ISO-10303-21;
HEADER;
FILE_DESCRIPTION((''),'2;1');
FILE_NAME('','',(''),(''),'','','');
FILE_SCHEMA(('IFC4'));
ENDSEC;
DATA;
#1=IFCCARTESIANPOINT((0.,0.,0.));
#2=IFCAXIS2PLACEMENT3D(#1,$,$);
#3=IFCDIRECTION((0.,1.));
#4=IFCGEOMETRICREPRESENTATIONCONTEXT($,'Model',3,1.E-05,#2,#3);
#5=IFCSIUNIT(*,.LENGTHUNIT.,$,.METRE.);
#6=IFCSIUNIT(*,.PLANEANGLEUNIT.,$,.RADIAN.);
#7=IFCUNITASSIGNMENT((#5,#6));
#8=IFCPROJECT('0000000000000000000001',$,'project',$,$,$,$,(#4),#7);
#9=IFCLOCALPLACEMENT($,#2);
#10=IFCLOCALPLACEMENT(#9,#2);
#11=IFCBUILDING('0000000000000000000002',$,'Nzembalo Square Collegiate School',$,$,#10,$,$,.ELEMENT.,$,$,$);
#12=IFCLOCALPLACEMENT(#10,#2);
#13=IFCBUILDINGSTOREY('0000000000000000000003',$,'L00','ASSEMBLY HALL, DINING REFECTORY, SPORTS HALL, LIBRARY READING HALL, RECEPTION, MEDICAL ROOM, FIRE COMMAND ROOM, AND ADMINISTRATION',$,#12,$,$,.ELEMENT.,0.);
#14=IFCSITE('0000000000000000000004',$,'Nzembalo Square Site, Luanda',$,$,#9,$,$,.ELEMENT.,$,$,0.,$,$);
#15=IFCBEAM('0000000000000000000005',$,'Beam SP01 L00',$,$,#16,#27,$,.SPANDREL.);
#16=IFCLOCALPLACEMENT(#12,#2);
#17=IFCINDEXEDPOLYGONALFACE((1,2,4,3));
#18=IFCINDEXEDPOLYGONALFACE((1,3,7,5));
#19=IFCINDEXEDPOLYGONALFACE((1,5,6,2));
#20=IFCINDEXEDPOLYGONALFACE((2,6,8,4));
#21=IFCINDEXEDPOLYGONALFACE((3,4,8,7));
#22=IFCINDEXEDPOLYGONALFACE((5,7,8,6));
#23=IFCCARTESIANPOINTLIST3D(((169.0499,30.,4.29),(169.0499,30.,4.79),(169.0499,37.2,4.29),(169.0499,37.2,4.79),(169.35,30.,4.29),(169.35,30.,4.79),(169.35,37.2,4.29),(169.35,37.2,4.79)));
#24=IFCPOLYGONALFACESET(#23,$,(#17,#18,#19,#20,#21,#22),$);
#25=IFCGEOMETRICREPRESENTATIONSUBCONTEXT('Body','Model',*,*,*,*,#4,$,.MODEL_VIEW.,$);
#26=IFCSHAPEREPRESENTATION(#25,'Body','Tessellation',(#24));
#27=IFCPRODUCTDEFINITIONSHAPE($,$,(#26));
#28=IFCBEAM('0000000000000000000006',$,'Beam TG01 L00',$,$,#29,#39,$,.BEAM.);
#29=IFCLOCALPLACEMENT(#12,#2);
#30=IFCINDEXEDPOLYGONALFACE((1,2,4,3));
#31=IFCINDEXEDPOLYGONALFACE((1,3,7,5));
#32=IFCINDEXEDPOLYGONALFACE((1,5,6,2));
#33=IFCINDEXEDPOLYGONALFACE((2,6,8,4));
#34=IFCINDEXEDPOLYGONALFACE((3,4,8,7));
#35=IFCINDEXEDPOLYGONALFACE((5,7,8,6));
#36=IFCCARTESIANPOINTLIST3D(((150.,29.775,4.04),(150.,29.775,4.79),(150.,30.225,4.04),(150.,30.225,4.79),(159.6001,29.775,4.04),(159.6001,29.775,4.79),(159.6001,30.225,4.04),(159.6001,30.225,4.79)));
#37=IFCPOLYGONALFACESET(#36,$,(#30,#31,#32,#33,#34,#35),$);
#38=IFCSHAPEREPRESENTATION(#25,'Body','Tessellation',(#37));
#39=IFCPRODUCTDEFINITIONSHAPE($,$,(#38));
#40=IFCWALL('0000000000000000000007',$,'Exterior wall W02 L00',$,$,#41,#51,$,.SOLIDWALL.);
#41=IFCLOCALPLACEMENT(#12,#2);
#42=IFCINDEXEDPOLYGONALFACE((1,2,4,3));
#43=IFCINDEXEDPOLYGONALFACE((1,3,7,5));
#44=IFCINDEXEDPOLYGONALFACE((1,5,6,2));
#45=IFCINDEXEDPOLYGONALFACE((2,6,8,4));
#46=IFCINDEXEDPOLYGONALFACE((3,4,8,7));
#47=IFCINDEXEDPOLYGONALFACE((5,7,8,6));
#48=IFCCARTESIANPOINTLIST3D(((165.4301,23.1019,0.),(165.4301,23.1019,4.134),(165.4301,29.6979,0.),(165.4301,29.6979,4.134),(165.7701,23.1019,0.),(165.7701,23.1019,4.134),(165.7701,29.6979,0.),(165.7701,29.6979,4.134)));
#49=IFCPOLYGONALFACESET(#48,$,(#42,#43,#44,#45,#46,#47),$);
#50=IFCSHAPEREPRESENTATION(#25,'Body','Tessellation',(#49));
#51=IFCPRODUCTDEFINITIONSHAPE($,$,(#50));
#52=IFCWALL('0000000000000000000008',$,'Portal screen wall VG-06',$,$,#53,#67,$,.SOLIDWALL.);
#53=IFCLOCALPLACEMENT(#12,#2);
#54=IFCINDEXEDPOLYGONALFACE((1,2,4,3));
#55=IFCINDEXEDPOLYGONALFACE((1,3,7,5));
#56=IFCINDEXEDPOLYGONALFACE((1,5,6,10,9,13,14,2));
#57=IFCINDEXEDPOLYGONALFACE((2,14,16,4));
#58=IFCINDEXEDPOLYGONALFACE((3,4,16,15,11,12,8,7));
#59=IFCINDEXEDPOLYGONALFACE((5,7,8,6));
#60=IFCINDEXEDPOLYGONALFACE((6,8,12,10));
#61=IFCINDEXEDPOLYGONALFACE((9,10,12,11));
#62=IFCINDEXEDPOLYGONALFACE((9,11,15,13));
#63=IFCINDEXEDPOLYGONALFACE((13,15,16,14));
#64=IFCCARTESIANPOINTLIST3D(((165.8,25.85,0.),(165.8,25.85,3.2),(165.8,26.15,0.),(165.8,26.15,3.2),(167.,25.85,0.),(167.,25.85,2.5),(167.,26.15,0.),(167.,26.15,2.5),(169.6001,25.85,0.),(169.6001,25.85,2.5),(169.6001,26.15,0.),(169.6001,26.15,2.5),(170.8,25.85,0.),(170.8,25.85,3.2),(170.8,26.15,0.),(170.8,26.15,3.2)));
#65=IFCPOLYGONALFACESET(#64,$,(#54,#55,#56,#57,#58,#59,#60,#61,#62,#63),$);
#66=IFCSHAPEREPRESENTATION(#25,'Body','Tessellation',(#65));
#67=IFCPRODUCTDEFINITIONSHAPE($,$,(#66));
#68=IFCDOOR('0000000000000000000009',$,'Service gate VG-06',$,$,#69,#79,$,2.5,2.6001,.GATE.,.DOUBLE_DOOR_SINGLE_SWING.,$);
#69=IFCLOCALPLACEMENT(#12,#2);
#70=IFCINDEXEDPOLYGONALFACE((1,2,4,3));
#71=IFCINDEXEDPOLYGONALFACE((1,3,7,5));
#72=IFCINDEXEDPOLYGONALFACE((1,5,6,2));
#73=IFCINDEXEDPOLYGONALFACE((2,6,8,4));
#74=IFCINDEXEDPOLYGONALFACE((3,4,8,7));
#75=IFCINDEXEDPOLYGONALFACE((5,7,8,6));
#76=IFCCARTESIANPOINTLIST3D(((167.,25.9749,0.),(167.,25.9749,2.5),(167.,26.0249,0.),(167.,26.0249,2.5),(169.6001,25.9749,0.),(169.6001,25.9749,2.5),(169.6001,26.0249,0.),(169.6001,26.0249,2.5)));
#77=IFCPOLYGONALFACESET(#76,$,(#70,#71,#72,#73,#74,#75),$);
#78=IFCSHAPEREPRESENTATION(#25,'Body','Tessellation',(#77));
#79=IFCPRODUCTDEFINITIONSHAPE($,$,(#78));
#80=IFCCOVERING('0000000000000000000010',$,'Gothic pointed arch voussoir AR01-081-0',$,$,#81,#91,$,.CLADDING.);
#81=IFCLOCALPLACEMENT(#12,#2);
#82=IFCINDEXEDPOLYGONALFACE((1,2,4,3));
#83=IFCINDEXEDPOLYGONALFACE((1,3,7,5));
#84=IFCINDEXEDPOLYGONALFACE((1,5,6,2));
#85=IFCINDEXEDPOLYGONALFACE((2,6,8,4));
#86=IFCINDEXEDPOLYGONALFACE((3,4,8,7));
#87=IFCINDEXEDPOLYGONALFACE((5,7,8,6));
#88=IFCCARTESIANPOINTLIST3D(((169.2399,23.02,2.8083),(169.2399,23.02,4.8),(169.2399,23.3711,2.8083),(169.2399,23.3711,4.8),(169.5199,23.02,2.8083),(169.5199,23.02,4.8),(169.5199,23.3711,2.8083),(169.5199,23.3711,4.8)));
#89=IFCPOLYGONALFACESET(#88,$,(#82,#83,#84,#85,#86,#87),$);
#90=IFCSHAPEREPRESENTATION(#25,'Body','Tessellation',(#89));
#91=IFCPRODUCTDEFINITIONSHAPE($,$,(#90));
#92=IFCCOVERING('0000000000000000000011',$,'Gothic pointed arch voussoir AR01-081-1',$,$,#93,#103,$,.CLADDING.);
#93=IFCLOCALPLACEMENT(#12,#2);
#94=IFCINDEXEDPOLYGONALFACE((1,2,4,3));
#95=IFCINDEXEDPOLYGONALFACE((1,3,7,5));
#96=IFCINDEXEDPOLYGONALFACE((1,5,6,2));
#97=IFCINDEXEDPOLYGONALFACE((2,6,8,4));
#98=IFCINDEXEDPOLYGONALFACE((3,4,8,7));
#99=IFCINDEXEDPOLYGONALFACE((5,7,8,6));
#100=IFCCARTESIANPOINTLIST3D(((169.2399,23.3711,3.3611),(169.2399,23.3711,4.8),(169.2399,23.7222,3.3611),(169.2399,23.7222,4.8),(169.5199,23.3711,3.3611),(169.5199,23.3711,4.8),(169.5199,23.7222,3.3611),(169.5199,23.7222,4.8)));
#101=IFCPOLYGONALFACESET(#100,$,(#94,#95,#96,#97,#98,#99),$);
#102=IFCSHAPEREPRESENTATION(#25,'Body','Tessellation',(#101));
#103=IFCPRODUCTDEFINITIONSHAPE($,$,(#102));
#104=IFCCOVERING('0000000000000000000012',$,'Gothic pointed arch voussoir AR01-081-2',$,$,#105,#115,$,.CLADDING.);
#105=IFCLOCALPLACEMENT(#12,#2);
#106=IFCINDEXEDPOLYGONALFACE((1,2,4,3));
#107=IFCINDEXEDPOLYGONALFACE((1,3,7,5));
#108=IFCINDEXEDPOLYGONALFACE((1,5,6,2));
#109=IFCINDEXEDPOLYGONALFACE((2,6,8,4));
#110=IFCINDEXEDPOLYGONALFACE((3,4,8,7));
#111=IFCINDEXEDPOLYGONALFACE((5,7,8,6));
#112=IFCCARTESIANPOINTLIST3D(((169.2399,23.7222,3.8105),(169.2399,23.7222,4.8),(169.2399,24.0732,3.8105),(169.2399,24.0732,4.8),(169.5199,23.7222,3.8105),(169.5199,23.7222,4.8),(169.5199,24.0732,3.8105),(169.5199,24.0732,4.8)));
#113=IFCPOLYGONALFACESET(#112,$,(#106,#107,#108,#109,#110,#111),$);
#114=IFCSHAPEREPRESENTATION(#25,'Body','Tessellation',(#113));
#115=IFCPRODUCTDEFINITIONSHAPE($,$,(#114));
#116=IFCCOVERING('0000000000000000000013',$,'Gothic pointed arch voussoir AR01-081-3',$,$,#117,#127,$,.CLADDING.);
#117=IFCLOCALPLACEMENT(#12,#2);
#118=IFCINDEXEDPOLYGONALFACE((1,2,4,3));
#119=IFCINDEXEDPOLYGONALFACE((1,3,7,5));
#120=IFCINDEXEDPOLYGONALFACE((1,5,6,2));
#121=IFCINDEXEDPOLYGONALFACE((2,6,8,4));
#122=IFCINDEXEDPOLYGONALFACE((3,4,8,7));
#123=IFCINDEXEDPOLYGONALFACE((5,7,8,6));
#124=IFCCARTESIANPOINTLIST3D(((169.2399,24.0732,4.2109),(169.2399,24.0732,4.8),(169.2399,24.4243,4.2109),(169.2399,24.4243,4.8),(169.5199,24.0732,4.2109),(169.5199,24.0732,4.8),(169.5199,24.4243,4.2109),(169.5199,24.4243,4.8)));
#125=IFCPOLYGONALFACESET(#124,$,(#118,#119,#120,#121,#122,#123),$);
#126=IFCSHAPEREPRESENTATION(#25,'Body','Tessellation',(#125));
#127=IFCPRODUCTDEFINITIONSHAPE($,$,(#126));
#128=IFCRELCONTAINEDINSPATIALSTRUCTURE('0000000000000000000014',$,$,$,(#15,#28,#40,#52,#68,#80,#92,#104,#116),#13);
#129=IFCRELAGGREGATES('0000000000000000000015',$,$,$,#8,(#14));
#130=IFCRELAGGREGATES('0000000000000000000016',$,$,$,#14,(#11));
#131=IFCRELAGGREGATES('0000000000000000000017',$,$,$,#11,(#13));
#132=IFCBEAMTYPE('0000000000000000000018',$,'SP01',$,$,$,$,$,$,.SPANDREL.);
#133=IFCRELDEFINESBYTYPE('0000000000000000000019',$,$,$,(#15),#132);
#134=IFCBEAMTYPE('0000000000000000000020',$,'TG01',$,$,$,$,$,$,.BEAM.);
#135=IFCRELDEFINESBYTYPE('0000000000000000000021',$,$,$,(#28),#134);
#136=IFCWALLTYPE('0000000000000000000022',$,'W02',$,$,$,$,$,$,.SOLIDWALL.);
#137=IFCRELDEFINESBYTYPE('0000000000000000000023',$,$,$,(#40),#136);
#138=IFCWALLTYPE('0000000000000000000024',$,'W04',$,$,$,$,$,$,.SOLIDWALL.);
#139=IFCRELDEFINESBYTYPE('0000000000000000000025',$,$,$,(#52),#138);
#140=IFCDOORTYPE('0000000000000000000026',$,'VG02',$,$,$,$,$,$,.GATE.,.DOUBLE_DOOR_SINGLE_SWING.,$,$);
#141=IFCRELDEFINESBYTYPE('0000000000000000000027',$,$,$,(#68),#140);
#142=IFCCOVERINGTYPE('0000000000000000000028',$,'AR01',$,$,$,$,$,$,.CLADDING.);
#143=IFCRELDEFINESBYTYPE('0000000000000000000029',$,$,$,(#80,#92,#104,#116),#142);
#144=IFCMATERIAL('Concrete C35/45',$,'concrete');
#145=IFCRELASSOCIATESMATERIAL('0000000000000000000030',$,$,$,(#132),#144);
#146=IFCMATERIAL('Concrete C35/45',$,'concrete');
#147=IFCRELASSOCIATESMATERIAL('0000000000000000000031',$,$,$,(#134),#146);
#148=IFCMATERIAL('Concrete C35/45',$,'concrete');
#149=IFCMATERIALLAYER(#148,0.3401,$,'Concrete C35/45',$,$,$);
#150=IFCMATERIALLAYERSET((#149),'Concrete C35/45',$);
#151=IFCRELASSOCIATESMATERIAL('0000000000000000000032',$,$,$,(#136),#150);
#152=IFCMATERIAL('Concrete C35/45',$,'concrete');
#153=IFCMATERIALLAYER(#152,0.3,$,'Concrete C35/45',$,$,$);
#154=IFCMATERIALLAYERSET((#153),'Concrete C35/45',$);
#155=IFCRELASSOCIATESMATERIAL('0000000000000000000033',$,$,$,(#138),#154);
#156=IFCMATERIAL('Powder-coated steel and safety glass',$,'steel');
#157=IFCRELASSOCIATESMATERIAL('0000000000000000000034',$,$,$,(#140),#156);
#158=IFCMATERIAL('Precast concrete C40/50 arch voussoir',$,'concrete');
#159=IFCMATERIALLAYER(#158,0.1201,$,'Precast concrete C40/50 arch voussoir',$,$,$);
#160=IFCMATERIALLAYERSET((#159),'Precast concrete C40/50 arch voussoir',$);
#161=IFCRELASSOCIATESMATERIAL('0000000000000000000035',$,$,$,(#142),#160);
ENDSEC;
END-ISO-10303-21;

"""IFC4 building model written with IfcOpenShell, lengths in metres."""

from ifc_helpers import new_model, si_unit, direction, frame, frame_2d, origin, origin_2d, place, context, subcontext, project, spatial, rectangle, extrude, material, layer, layer_set, material_profile, profile_set, type_object, element, fill, save


model = new_model("IFC4")

# Units and contexts
model_context = context("Model", 3, precision=1e-05, world=origin(), true_north=direction((0.0, 1.0)))
body_context = subcontext(model_context, "Body", "Model", "MODEL_VIEW")
ifc_project = project(units=[si_unit("LENGTHUNIT", "METRE"), si_unit("PLANEANGLEUNIT", "RADIAN")], contexts=[model_context])

# Site, building, storey
site_placement = place(None, origin())
site = spatial("IfcSite", under=ifc_project, at=site_placement, Name="Nzembalo Square Site, Luanda", CompositionType="ELEMENT", RefElevation=0.0)
building_placement = place(site_placement, origin())
building = spatial("IfcBuilding", under=site, at=building_placement, Name="Nzembalo Square Collegiate School", CompositionType="ELEMENT")
storey_placement = place(building_placement, origin())
storey = spatial("IfcBuildingStorey", under=building, at=storey_placement, Name="L00", Description="ASSEMBLY HALL, DINING REFECTORY, SPORTS HALL, LIBRARY READING HALL, RECEPTION, MEDICAL ROOM, FIRE COMMAND ROOM, AND ADMINISTRATION", CompositionType="ELEMENT", Elevation=0.0)

# Beams
ifc_material_1 = material(Name="Concrete C35/45", Category="concrete")
ifc_material_profile_1 = material_profile(ifc_material_1, rectangle(XDim=0.3, YDim=0.5, at=origin_2d()), Name="RC 300x500")
ifc_profile_set_1 = profile_set([ifc_material_profile_1], Name="Concrete C35/45")
beam_type_1 = type_object("IfcBeamType", Name="SP01", PredefinedType="SPANDREL", material=ifc_profile_set_1)
for number, where, z_axis, x_axis, name in (
    (1, (169.2, 30.0, 4.54), (0.0, 1.0, 0.0), (-1.0, 0.0, 0.0), "Beam SP01 L00"),
):
    element("IfcBeam", number, at=place(storey_placement, frame(where, z_axis=z_axis, x_axis=x_axis)), inside=storey, type_object=beam_type_1, Name=name, PredefinedType="SPANDREL", context=body_context, shape_type="SweptSolid", body=[
        extrude(rectangle(XDim=0.3, YDim=0.5, at=origin_2d()), origin(), (0.0, 0.0, 1.0), 7.2),
    ])
ifc_material_2 = material(Name="Concrete C35/45", Category="concrete")
ifc_material_profile_2 = material_profile(ifc_material_2, rectangle(XDim=0.45, YDim=0.75, at=origin_2d()), Name="RC 450x750")
ifc_profile_set_2 = profile_set([ifc_material_profile_2], Name="Concrete C35/45")
beam_type_2 = type_object("IfcBeamType", Name="TG01", PredefinedType="BEAM", material=ifc_profile_set_2)
beam_1_placement = place(storey_placement, frame((150.0, 30.0, 4.415), z_axis=(1.0, 0.0, 0.0), x_axis=(0.0, 1.0, 0.0)))
element("IfcBeam", 2, at=beam_1_placement, inside=storey, type_object=beam_type_2, Name="Beam TG01 L00", PredefinedType="BEAM", context=body_context, shape_type="SweptSolid", body=[
    extrude(rectangle(XDim=0.45, YDim=0.75, at=origin_2d()), origin(), (0.0, 0.0, 1.0), 9.6001),
])

# Wall
ifc_material_3 = material(Name="Concrete C35/45", Category="concrete")
ifc_layer_1 = layer(ifc_material_3, 0.3401, Name="Concrete C35/45")
ifc_layer_set_1 = layer_set([ifc_layer_1], Name="Concrete C35/45")
wall_type_1 = type_object("IfcWallType", Name="W02", PredefinedType="SOLIDWALL", material=ifc_layer_set_1)
wall_1_placement = place(storey_placement, frame((165.6001, 23.1021, 0.0), z_axis=(0.0, 0.0, 1.0), x_axis=(0.0, 1.0, 0.0)))
element("IfcWall", 3, at=wall_1_placement, inside=storey, type_object=wall_type_1, Name="Exterior wall W02 L00", PredefinedType="SOLIDWALL", context=body_context, shape_type="SweptSolid", body=[
    extrude(rectangle(XDim=6.5959, YDim=0.3401, at=frame_2d((3.2979, 0.0))), origin(), (0.0, 0.0, 1.0), 4.134),
])

# Wall, opening, door
ifc_material_4 = material(Name="Concrete C35/45", Category="concrete")
ifc_layer_2 = layer(ifc_material_4, 0.3, Name="Concrete C35/45")
ifc_layer_set_2 = layer_set([ifc_layer_2], Name="Concrete C35/45")
wall_type_2 = type_object("IfcWallType", Name="W04", PredefinedType="SOLIDWALL", material=ifc_layer_set_2)
wall_2_placement = place(storey_placement, frame((165.8, 26.0, 0.0), z_axis=(0.0, 0.0, 1.0), x_axis=(1.0, 0.0, 0.0)))
wall_2 = element("IfcWall", 4, at=wall_2_placement, inside=storey, type_object=wall_type_2, Name="Portal screen wall VG-06", PredefinedType="SOLIDWALL", context=body_context, shape_type="SweptSolid", body=[
    extrude(rectangle(XDim=5.0, YDim=0.3, at=frame_2d((2.5, 0.0))), origin(), (0.0, 0.0, 1.0), 3.2),
])
opening_1_placement = place(wall_2_placement, frame((1.2, 0.0, 0.0)))
opening_1 = element("IfcOpeningElement", 5, at=opening_1_placement, cuts=wall_2, PredefinedType="OPENING", context=body_context, shape_type="SweptSolid", body=[
    extrude(rectangle(XDim=2.6001, YDim=2.5, at=frame_2d((1.3, 1.25))), frame((0.0, 0.1602, 0.0), z_axis=(0.0, -1.0, 0.0), x_axis=(1.0, 0.0, 0.0)), (0.0, 0.0, 1.0), 0.3201),
])
ifc_material_5 = material(Name="Powder-coated steel and safety glass", Category="steel")
door_type_1 = type_object("IfcDoorType", Name="VG02", OperationType="DOUBLE_DOOR_SINGLE_SWING", PredefinedType="GATE", material=ifc_material_5)
door_1_placement = place(opening_1_placement, origin())
door_1 = element("IfcDoor", 6, at=door_1_placement, inside=storey, type_object=door_type_1, Name="Service gate VG-06", OperationType="DOUBLE_DOOR_SINGLE_SWING", OverallHeight=2.5, OverallWidth=2.6001, PredefinedType="GATE", context=body_context, shape_type="SweptSolid", body=[
    extrude(rectangle(XDim=2.6001, YDim=2.5, at=frame_2d((1.3, 1.25))), frame((0.0, 0.0249, 0.0), z_axis=(0.0, -1.0, 0.0), x_axis=(1.0, 0.0, 0.0)), (0.0, 0.0, 1.0), 0.05),
])
fill(opening_1, door_1)

# Coverings
ifc_material_6 = material(Name="Precast concrete C40/50 arch voussoir", Category="concrete")
ifc_layer_3 = layer(ifc_material_6, 0.1201, Name="Precast concrete C40/50 arch voussoir")
ifc_layer_set_3 = layer_set([ifc_layer_3], Name="Precast concrete C40/50 arch voussoir")
covering_type = type_object("IfcCoveringType", Name="AR01", PredefinedType="CLADDING", material=ifc_layer_set_3)
covering_1_placement = place(storey_placement, frame((169.3799, 23.1956, 2.8083), z_axis=(0.0, 0.0, 1.0), x_axis=(1.0, 0.0, 0.0)))
element("IfcCovering", 7, at=covering_1_placement, inside=storey, type_object=covering_type, Name="Gothic pointed arch voussoir AR01-081-0", PredefinedType="CLADDING", context=body_context, shape_type="SweptSolid", body=[
    extrude(rectangle(XDim=0.28, YDim=0.3511, at=origin_2d()), origin(), (0.0, 0.0, 1.0), 1.9917),
])
covering_2_placement = place(storey_placement, frame((169.3799, 23.5466, 3.3611), z_axis=(0.0, 0.0, 1.0), x_axis=(1.0, 0.0, 0.0)))
element("IfcCovering", 8, at=covering_2_placement, inside=storey, type_object=covering_type, Name="Gothic pointed arch voussoir AR01-081-1", PredefinedType="CLADDING", context=body_context, shape_type="SweptSolid", body=[
    extrude(rectangle(XDim=0.28, YDim=0.3511, at=origin_2d()), origin(), (0.0, 0.0, 1.0), 1.439),
])
covering_3_placement = place(storey_placement, frame((169.3799, 23.8977, 3.8105), z_axis=(0.0, 0.0, 1.0), x_axis=(1.0, 0.0, 0.0)))
element("IfcCovering", 9, at=covering_3_placement, inside=storey, type_object=covering_type, Name="Gothic pointed arch voussoir AR01-081-2", PredefinedType="CLADDING", context=body_context, shape_type="SweptSolid", body=[
    extrude(rectangle(XDim=0.28, YDim=0.3511, at=origin_2d()), origin(), (0.0, 0.0, 1.0), 0.9895),
])
covering_4_placement = place(storey_placement, frame((169.3799, 24.2488, 4.2109), z_axis=(0.0, 0.0, 1.0), x_axis=(1.0, 0.0, 0.0)))
element("IfcCovering", 10, at=covering_4_placement, inside=storey, type_object=covering_type, Name="Gothic pointed arch voussoir AR01-081-3", PredefinedType="CLADDING", context=body_context, shape_type="SweptSolid", body=[
    extrude(rectangle(XDim=0.28, YDim=0.3511, at=origin_2d()), origin(), (0.0, 0.0, 1.0), 0.5891),
])

save(model, "model.ifc")
